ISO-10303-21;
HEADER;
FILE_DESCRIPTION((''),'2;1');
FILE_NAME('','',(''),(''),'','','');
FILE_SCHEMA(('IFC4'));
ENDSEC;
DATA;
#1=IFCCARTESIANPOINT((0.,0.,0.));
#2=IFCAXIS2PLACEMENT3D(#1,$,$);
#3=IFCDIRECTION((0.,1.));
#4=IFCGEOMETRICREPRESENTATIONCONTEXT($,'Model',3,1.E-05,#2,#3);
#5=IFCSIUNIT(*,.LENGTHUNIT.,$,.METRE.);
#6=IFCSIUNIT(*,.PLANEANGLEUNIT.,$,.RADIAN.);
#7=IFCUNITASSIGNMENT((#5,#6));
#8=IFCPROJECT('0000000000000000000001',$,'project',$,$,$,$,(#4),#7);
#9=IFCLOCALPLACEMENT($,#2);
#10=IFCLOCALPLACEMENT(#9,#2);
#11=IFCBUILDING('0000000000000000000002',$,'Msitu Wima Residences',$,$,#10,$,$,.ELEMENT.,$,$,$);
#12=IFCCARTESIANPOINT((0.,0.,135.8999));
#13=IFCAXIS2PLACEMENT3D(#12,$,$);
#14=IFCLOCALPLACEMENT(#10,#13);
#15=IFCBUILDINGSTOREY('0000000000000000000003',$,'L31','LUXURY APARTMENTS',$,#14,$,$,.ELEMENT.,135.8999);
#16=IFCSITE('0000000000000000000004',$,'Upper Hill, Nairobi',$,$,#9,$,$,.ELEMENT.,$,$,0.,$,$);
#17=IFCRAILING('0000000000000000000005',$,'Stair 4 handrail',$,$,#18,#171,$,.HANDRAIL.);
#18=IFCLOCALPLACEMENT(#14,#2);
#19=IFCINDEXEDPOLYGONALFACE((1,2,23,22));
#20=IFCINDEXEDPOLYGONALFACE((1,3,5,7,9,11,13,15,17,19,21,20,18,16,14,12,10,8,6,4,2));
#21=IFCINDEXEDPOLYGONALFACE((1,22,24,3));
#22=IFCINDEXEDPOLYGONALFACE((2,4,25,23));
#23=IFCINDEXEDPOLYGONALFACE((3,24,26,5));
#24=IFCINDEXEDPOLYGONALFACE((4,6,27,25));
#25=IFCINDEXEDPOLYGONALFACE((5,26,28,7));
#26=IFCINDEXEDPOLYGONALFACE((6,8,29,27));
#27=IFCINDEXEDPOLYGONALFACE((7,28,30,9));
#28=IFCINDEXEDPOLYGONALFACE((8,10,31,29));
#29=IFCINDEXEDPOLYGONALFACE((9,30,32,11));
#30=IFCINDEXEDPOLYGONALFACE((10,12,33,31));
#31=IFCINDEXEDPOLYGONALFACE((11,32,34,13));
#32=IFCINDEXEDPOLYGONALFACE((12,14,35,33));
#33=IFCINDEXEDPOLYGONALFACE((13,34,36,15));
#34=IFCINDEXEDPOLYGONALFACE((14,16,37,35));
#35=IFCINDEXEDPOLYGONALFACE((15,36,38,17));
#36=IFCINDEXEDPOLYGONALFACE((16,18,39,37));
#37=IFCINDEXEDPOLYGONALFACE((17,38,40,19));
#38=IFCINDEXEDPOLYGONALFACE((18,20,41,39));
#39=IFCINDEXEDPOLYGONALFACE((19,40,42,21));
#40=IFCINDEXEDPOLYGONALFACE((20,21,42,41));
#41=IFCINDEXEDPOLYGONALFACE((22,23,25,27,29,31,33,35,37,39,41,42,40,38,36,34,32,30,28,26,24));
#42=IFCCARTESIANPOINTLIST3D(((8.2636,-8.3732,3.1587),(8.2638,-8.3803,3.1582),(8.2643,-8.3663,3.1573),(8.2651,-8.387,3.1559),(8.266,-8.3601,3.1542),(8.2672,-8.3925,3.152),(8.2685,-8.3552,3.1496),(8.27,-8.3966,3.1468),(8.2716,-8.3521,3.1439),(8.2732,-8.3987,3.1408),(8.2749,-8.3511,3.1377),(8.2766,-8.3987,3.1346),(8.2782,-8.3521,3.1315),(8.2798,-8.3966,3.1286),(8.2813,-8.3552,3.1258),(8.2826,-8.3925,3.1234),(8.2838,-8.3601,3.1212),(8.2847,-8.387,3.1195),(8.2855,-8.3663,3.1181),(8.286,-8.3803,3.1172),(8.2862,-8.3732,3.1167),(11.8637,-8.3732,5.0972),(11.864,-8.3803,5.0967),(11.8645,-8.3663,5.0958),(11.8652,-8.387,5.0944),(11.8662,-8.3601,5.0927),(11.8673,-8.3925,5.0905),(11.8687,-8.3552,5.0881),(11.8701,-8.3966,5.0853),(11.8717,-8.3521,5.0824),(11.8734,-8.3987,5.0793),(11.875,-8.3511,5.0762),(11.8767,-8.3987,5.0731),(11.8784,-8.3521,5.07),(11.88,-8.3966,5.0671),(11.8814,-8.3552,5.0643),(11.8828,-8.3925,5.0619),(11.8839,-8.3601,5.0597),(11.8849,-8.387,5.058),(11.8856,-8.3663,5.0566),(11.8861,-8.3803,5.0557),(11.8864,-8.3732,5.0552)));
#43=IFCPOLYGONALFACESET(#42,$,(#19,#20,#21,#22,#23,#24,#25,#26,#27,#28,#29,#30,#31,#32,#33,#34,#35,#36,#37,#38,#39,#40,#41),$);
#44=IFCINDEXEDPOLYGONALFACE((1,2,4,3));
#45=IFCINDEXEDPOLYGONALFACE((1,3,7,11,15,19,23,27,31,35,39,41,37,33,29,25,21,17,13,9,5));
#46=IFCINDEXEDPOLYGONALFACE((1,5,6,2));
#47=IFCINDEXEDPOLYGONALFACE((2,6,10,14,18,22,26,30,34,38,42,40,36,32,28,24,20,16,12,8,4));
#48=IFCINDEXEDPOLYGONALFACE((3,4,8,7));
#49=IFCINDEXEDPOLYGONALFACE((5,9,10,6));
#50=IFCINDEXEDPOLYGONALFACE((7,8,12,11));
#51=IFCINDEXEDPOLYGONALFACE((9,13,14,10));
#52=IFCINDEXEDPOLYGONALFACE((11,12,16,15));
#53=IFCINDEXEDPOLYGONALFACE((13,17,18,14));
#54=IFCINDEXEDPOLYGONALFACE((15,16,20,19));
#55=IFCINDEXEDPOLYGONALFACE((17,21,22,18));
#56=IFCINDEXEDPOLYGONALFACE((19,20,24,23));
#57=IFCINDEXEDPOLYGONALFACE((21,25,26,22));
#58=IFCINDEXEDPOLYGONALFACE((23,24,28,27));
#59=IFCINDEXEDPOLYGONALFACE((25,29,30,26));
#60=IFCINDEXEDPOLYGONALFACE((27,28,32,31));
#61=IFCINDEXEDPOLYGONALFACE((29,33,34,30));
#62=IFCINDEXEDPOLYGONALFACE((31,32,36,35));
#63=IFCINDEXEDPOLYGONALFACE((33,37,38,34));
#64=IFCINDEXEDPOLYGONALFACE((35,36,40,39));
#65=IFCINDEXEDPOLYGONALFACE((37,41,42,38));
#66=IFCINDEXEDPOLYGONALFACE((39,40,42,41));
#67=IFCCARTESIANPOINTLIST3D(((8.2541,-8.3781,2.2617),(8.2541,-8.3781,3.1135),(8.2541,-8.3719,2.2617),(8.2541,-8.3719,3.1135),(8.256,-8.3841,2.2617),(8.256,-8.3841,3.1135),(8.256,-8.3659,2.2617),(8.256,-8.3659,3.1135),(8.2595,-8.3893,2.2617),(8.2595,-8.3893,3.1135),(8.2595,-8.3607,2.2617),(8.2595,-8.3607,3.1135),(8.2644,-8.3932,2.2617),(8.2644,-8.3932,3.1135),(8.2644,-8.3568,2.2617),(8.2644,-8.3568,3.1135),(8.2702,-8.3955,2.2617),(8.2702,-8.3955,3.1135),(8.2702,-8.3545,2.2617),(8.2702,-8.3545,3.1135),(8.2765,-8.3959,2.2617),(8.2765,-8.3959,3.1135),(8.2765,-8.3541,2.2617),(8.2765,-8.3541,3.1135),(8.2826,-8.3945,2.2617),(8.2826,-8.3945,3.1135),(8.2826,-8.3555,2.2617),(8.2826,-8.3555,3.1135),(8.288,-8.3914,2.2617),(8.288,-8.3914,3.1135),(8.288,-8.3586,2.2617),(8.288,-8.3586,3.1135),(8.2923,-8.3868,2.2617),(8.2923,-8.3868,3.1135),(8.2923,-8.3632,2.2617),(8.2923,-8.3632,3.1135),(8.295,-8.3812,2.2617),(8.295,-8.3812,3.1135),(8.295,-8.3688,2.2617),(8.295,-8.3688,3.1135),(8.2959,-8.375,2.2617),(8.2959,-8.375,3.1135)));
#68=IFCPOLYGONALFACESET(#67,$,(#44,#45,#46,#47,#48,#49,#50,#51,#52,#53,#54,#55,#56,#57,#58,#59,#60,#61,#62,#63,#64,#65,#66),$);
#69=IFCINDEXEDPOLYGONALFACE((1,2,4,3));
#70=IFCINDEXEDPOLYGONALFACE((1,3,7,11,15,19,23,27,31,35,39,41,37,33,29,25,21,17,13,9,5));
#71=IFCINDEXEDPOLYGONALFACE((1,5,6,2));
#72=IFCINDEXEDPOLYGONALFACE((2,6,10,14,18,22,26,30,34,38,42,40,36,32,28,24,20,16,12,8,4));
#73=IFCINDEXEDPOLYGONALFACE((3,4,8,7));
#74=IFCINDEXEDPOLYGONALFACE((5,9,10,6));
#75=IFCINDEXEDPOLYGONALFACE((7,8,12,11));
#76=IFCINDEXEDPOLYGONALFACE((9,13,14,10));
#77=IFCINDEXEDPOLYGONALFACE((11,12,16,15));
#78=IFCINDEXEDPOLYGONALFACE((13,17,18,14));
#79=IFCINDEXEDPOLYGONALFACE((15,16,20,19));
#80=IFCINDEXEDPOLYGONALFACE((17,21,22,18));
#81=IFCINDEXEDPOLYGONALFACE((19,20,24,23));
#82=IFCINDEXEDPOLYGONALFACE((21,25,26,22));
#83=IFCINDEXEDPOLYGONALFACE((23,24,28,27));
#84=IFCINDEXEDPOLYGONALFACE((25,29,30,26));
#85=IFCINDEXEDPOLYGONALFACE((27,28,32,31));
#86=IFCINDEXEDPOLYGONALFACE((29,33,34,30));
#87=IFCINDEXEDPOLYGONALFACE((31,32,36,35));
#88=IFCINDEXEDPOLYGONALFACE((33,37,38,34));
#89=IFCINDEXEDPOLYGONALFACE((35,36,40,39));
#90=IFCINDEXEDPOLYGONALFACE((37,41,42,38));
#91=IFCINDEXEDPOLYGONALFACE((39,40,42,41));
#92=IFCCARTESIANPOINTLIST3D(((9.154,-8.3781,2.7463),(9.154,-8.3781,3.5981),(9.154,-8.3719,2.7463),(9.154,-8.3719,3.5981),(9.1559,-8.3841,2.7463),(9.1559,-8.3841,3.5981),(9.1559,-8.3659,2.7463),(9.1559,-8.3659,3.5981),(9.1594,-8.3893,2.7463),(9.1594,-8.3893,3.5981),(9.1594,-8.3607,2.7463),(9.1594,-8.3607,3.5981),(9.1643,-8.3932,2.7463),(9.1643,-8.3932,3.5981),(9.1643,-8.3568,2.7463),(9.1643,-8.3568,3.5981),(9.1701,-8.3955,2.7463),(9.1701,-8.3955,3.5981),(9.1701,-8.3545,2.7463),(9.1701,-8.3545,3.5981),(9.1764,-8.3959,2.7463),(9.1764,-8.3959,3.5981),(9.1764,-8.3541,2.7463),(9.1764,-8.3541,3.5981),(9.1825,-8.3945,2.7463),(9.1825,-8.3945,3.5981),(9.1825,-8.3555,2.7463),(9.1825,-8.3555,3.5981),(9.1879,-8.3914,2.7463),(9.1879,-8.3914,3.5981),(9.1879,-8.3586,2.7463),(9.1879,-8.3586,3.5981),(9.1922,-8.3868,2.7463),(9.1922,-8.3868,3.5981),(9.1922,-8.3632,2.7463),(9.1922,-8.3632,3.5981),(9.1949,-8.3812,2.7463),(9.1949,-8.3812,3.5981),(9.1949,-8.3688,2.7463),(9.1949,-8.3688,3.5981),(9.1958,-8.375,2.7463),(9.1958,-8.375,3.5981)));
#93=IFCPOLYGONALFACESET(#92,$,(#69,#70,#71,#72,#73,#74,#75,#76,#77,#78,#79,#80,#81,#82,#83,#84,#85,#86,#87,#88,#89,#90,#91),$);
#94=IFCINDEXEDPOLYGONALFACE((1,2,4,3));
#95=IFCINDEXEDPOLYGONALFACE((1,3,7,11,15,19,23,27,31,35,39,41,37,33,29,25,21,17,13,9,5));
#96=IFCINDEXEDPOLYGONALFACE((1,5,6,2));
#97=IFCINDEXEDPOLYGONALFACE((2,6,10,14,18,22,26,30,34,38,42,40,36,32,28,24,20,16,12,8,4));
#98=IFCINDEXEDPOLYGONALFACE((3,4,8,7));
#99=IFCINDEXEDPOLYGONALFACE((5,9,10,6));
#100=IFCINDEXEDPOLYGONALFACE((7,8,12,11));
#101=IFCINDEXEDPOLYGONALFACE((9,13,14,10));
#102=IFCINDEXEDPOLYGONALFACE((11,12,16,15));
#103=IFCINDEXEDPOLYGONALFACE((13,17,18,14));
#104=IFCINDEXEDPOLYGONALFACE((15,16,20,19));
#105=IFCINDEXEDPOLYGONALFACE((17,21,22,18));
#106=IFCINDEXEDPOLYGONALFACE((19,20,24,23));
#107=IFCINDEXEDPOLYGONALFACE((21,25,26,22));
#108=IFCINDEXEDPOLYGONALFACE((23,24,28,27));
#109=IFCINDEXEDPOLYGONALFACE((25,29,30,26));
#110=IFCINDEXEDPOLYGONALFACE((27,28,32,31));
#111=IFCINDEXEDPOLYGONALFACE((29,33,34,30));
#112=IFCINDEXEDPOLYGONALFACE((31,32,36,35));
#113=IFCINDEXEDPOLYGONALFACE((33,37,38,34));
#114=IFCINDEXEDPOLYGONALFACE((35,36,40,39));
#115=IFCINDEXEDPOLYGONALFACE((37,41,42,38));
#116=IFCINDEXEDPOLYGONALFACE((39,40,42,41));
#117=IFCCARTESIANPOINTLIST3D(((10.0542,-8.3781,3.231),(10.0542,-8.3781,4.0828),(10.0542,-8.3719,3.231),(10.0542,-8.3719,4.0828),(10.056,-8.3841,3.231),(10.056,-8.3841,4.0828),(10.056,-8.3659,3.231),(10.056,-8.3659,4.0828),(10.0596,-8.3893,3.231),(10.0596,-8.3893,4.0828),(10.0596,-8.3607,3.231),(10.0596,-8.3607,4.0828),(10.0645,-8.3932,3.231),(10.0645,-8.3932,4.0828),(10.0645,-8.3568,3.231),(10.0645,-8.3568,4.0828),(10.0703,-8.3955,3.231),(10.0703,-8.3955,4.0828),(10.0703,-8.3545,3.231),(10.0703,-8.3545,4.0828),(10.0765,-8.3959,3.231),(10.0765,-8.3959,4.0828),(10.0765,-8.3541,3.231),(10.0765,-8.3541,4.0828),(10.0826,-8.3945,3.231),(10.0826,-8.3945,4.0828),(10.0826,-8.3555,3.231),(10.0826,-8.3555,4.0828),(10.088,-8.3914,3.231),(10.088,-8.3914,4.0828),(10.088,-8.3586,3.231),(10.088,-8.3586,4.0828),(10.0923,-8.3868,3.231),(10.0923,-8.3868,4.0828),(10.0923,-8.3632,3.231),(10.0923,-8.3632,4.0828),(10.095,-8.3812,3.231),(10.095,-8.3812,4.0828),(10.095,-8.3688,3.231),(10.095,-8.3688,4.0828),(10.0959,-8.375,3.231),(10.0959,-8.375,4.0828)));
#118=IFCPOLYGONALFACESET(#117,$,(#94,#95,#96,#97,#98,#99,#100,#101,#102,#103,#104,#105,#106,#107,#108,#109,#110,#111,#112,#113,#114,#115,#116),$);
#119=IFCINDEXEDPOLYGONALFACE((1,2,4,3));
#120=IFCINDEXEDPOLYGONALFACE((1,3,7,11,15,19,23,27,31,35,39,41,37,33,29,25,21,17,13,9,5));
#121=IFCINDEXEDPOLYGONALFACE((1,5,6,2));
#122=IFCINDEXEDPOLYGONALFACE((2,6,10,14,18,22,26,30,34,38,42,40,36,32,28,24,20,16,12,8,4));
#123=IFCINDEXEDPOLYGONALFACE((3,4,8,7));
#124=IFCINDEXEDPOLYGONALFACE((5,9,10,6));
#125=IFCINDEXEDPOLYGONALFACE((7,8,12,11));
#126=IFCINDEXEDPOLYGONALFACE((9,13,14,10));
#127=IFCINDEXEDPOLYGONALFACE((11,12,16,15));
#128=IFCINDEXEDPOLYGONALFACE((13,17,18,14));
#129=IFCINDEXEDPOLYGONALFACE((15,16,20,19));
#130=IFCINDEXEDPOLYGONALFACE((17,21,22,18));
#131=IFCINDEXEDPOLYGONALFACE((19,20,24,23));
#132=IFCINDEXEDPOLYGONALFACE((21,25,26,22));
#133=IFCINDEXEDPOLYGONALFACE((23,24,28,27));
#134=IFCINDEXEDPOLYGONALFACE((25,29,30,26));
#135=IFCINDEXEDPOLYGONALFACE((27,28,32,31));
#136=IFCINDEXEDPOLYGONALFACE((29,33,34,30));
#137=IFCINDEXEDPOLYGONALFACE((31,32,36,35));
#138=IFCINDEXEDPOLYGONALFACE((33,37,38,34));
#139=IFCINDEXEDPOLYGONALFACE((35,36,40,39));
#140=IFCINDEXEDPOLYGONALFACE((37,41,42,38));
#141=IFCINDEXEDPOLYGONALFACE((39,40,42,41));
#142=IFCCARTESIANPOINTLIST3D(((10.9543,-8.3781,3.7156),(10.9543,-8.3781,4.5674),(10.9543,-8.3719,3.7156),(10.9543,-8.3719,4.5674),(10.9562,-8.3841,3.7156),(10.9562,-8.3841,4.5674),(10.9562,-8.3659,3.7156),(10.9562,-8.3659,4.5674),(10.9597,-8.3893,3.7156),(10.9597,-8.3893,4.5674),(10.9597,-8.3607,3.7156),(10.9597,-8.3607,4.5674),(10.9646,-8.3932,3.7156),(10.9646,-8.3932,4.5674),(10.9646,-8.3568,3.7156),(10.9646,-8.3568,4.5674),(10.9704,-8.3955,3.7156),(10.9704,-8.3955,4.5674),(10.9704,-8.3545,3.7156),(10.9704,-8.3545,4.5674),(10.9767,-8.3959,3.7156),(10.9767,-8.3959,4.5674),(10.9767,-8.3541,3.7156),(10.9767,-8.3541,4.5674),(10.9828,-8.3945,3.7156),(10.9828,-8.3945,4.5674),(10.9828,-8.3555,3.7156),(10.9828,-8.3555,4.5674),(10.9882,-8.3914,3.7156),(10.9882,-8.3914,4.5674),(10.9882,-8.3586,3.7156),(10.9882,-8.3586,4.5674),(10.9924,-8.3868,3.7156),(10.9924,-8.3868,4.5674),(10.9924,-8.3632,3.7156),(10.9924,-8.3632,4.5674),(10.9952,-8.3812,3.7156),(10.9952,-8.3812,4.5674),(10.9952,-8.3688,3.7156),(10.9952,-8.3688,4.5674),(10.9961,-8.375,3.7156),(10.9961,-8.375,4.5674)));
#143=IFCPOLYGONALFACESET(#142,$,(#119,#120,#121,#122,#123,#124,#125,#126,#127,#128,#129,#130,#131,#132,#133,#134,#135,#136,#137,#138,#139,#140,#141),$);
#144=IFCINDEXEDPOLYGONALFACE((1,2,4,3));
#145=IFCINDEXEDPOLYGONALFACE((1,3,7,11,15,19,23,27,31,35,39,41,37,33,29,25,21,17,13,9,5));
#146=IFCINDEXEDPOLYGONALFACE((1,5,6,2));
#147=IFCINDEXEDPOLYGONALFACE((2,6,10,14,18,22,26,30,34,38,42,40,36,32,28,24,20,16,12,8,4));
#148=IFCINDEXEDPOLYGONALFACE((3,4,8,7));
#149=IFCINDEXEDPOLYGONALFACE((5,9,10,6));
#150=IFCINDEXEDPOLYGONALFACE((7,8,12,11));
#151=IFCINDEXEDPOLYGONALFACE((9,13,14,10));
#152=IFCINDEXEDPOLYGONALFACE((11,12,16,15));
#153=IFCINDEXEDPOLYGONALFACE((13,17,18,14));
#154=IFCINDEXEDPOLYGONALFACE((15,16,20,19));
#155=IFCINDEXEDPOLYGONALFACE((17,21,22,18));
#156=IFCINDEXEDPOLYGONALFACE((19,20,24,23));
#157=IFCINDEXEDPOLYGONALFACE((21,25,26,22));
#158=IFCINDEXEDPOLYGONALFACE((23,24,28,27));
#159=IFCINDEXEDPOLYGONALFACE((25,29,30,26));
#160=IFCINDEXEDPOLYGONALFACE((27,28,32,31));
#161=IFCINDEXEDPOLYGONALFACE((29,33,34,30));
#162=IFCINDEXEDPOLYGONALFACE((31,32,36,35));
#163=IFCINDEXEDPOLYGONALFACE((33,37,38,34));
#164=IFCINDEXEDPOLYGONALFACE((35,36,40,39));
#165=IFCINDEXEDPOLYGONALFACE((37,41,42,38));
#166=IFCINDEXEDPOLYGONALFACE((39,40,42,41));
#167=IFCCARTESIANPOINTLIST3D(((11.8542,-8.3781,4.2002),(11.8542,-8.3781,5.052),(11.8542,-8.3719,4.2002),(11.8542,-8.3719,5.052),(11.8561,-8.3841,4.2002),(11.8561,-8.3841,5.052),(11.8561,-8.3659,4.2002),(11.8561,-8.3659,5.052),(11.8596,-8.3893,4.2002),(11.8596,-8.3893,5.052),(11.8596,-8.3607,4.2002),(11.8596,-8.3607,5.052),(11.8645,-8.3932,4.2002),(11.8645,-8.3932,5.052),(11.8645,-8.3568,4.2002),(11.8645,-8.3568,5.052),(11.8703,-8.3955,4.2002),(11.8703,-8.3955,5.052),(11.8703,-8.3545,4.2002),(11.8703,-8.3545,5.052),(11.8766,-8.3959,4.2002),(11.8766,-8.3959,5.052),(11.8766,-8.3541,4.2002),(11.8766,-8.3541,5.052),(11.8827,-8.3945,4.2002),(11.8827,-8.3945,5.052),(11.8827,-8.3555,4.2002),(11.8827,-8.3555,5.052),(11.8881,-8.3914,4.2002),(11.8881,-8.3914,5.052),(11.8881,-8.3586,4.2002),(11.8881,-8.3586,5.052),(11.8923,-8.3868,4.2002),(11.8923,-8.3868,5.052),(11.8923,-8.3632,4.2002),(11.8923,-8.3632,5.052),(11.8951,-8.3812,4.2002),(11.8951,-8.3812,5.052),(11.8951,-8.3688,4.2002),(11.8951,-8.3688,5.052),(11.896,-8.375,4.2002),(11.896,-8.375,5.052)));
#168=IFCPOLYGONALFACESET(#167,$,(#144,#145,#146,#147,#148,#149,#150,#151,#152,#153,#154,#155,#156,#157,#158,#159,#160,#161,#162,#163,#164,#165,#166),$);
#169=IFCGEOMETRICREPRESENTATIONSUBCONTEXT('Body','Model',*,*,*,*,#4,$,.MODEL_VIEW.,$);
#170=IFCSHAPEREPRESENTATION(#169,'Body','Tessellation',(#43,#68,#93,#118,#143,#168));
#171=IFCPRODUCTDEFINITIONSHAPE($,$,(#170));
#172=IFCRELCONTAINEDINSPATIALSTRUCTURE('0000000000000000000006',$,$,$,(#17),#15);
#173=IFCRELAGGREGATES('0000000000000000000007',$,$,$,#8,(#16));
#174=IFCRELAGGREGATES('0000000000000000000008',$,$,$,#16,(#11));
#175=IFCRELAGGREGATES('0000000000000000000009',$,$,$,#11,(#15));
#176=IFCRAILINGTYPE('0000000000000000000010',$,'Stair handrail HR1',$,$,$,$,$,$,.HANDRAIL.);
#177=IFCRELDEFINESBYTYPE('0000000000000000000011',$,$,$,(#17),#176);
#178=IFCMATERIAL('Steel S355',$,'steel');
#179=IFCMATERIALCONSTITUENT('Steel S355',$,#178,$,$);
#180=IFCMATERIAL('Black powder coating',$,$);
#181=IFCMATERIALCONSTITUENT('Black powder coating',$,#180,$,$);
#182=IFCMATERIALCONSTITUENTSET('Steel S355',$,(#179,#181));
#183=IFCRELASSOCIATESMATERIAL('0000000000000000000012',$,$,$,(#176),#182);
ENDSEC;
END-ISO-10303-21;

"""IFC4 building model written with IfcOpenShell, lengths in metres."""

from ifc_helpers import new_model, si_unit, direction, frame, origin, origin_2d, place, context, subcontext, project, spatial, circle, extrude, material, constituent, constituent_set, type_object, element, save


model = new_model("IFC4")

# Units and contexts
model_context = context("Model", 3, precision=1e-05, world=origin(), true_north=direction((0.0, 1.0)))
body_context = subcontext(model_context, "Body", "Model", "MODEL_VIEW")
ifc_project = project(units=[si_unit("LENGTHUNIT", "METRE"), si_unit("PLANEANGLEUNIT", "RADIAN")], contexts=[model_context])

# Site, building, storey
site_placement = place(None, origin())
site = spatial("IfcSite", under=ifc_project, at=site_placement, Name="Upper Hill, Nairobi", CompositionType="ELEMENT", RefElevation=0.0)
building_placement = place(site_placement, origin())
building = spatial("IfcBuilding", under=site, at=building_placement, Name="Msitu Wima Residences", CompositionType="ELEMENT")
storey_placement = place(building_placement, frame((0.0, 0.0, 135.8999)))
storey = spatial("IfcBuildingStorey", under=building, at=storey_placement, Name="L31", Description="LUXURY APARTMENTS", CompositionType="ELEMENT", Elevation=135.8999)

# Railing
ifc_material_1 = material(Name="Steel S355", Category="steel")
ifc_constituent_1 = constituent(ifc_material_1, Name="Steel S355")
ifc_material_2 = material(Name="Black powder coating")
ifc_constituent_2 = constituent(ifc_material_2, Name="Black powder coating")
ifc_constituent_set = constituent_set(constituents=[ifc_constituent_1, ifc_constituent_2], Name="Steel S355")
railing_type = type_object("IfcRailingType", Name="Stair handrail HR1", PredefinedType="HANDRAIL", material=ifc_constituent_set)
for number, where, name in (
    (1, (8.2749, -8.375, 2.2617), "Stair 4 handrail"),
):
    element("IfcRailing", number, at=place(storey_placement, frame(where)), inside=storey, type_object=railing_type, Name=name, PredefinedType="HANDRAIL", context=body_context, shape_type="SweptSolid", body=[
        extrude(circle(Radius=0.0239, at=origin_2d()), frame((0.0, 0.0, 0.876), z_axis=(0.880475, 0.0, 0.474093), x_axis=(0.0, 1.0, 0.0)), (0.0, 0.0, 1.0), 4.0889),
        extrude(circle(Radius=0.021, at=origin_2d()), origin(), (0.0, 0.0, 1.0), 0.8518),
        extrude(circle(Radius=0.021, at=origin_2d()), frame((0.8999, 0.0, 0.4846)), (0.0, 0.0, 1.0), 0.8518),
        extrude(circle(Radius=0.021, at=origin_2d()), frame((1.8, 0.0, 0.9692)), (0.0, 0.0, 1.0), 0.8518),
        extrude(circle(Radius=0.021, at=origin_2d()), frame((2.7002, 0.0, 1.4539)), (0.0, 0.0, 1.0), 0.8518),
        extrude(circle(Radius=0.021, at=origin_2d()), frame((3.6001, 0.0, 1.9385)), (0.0, 0.0, 1.0), 0.8518),
    ])

save(model, "model.ifc")
